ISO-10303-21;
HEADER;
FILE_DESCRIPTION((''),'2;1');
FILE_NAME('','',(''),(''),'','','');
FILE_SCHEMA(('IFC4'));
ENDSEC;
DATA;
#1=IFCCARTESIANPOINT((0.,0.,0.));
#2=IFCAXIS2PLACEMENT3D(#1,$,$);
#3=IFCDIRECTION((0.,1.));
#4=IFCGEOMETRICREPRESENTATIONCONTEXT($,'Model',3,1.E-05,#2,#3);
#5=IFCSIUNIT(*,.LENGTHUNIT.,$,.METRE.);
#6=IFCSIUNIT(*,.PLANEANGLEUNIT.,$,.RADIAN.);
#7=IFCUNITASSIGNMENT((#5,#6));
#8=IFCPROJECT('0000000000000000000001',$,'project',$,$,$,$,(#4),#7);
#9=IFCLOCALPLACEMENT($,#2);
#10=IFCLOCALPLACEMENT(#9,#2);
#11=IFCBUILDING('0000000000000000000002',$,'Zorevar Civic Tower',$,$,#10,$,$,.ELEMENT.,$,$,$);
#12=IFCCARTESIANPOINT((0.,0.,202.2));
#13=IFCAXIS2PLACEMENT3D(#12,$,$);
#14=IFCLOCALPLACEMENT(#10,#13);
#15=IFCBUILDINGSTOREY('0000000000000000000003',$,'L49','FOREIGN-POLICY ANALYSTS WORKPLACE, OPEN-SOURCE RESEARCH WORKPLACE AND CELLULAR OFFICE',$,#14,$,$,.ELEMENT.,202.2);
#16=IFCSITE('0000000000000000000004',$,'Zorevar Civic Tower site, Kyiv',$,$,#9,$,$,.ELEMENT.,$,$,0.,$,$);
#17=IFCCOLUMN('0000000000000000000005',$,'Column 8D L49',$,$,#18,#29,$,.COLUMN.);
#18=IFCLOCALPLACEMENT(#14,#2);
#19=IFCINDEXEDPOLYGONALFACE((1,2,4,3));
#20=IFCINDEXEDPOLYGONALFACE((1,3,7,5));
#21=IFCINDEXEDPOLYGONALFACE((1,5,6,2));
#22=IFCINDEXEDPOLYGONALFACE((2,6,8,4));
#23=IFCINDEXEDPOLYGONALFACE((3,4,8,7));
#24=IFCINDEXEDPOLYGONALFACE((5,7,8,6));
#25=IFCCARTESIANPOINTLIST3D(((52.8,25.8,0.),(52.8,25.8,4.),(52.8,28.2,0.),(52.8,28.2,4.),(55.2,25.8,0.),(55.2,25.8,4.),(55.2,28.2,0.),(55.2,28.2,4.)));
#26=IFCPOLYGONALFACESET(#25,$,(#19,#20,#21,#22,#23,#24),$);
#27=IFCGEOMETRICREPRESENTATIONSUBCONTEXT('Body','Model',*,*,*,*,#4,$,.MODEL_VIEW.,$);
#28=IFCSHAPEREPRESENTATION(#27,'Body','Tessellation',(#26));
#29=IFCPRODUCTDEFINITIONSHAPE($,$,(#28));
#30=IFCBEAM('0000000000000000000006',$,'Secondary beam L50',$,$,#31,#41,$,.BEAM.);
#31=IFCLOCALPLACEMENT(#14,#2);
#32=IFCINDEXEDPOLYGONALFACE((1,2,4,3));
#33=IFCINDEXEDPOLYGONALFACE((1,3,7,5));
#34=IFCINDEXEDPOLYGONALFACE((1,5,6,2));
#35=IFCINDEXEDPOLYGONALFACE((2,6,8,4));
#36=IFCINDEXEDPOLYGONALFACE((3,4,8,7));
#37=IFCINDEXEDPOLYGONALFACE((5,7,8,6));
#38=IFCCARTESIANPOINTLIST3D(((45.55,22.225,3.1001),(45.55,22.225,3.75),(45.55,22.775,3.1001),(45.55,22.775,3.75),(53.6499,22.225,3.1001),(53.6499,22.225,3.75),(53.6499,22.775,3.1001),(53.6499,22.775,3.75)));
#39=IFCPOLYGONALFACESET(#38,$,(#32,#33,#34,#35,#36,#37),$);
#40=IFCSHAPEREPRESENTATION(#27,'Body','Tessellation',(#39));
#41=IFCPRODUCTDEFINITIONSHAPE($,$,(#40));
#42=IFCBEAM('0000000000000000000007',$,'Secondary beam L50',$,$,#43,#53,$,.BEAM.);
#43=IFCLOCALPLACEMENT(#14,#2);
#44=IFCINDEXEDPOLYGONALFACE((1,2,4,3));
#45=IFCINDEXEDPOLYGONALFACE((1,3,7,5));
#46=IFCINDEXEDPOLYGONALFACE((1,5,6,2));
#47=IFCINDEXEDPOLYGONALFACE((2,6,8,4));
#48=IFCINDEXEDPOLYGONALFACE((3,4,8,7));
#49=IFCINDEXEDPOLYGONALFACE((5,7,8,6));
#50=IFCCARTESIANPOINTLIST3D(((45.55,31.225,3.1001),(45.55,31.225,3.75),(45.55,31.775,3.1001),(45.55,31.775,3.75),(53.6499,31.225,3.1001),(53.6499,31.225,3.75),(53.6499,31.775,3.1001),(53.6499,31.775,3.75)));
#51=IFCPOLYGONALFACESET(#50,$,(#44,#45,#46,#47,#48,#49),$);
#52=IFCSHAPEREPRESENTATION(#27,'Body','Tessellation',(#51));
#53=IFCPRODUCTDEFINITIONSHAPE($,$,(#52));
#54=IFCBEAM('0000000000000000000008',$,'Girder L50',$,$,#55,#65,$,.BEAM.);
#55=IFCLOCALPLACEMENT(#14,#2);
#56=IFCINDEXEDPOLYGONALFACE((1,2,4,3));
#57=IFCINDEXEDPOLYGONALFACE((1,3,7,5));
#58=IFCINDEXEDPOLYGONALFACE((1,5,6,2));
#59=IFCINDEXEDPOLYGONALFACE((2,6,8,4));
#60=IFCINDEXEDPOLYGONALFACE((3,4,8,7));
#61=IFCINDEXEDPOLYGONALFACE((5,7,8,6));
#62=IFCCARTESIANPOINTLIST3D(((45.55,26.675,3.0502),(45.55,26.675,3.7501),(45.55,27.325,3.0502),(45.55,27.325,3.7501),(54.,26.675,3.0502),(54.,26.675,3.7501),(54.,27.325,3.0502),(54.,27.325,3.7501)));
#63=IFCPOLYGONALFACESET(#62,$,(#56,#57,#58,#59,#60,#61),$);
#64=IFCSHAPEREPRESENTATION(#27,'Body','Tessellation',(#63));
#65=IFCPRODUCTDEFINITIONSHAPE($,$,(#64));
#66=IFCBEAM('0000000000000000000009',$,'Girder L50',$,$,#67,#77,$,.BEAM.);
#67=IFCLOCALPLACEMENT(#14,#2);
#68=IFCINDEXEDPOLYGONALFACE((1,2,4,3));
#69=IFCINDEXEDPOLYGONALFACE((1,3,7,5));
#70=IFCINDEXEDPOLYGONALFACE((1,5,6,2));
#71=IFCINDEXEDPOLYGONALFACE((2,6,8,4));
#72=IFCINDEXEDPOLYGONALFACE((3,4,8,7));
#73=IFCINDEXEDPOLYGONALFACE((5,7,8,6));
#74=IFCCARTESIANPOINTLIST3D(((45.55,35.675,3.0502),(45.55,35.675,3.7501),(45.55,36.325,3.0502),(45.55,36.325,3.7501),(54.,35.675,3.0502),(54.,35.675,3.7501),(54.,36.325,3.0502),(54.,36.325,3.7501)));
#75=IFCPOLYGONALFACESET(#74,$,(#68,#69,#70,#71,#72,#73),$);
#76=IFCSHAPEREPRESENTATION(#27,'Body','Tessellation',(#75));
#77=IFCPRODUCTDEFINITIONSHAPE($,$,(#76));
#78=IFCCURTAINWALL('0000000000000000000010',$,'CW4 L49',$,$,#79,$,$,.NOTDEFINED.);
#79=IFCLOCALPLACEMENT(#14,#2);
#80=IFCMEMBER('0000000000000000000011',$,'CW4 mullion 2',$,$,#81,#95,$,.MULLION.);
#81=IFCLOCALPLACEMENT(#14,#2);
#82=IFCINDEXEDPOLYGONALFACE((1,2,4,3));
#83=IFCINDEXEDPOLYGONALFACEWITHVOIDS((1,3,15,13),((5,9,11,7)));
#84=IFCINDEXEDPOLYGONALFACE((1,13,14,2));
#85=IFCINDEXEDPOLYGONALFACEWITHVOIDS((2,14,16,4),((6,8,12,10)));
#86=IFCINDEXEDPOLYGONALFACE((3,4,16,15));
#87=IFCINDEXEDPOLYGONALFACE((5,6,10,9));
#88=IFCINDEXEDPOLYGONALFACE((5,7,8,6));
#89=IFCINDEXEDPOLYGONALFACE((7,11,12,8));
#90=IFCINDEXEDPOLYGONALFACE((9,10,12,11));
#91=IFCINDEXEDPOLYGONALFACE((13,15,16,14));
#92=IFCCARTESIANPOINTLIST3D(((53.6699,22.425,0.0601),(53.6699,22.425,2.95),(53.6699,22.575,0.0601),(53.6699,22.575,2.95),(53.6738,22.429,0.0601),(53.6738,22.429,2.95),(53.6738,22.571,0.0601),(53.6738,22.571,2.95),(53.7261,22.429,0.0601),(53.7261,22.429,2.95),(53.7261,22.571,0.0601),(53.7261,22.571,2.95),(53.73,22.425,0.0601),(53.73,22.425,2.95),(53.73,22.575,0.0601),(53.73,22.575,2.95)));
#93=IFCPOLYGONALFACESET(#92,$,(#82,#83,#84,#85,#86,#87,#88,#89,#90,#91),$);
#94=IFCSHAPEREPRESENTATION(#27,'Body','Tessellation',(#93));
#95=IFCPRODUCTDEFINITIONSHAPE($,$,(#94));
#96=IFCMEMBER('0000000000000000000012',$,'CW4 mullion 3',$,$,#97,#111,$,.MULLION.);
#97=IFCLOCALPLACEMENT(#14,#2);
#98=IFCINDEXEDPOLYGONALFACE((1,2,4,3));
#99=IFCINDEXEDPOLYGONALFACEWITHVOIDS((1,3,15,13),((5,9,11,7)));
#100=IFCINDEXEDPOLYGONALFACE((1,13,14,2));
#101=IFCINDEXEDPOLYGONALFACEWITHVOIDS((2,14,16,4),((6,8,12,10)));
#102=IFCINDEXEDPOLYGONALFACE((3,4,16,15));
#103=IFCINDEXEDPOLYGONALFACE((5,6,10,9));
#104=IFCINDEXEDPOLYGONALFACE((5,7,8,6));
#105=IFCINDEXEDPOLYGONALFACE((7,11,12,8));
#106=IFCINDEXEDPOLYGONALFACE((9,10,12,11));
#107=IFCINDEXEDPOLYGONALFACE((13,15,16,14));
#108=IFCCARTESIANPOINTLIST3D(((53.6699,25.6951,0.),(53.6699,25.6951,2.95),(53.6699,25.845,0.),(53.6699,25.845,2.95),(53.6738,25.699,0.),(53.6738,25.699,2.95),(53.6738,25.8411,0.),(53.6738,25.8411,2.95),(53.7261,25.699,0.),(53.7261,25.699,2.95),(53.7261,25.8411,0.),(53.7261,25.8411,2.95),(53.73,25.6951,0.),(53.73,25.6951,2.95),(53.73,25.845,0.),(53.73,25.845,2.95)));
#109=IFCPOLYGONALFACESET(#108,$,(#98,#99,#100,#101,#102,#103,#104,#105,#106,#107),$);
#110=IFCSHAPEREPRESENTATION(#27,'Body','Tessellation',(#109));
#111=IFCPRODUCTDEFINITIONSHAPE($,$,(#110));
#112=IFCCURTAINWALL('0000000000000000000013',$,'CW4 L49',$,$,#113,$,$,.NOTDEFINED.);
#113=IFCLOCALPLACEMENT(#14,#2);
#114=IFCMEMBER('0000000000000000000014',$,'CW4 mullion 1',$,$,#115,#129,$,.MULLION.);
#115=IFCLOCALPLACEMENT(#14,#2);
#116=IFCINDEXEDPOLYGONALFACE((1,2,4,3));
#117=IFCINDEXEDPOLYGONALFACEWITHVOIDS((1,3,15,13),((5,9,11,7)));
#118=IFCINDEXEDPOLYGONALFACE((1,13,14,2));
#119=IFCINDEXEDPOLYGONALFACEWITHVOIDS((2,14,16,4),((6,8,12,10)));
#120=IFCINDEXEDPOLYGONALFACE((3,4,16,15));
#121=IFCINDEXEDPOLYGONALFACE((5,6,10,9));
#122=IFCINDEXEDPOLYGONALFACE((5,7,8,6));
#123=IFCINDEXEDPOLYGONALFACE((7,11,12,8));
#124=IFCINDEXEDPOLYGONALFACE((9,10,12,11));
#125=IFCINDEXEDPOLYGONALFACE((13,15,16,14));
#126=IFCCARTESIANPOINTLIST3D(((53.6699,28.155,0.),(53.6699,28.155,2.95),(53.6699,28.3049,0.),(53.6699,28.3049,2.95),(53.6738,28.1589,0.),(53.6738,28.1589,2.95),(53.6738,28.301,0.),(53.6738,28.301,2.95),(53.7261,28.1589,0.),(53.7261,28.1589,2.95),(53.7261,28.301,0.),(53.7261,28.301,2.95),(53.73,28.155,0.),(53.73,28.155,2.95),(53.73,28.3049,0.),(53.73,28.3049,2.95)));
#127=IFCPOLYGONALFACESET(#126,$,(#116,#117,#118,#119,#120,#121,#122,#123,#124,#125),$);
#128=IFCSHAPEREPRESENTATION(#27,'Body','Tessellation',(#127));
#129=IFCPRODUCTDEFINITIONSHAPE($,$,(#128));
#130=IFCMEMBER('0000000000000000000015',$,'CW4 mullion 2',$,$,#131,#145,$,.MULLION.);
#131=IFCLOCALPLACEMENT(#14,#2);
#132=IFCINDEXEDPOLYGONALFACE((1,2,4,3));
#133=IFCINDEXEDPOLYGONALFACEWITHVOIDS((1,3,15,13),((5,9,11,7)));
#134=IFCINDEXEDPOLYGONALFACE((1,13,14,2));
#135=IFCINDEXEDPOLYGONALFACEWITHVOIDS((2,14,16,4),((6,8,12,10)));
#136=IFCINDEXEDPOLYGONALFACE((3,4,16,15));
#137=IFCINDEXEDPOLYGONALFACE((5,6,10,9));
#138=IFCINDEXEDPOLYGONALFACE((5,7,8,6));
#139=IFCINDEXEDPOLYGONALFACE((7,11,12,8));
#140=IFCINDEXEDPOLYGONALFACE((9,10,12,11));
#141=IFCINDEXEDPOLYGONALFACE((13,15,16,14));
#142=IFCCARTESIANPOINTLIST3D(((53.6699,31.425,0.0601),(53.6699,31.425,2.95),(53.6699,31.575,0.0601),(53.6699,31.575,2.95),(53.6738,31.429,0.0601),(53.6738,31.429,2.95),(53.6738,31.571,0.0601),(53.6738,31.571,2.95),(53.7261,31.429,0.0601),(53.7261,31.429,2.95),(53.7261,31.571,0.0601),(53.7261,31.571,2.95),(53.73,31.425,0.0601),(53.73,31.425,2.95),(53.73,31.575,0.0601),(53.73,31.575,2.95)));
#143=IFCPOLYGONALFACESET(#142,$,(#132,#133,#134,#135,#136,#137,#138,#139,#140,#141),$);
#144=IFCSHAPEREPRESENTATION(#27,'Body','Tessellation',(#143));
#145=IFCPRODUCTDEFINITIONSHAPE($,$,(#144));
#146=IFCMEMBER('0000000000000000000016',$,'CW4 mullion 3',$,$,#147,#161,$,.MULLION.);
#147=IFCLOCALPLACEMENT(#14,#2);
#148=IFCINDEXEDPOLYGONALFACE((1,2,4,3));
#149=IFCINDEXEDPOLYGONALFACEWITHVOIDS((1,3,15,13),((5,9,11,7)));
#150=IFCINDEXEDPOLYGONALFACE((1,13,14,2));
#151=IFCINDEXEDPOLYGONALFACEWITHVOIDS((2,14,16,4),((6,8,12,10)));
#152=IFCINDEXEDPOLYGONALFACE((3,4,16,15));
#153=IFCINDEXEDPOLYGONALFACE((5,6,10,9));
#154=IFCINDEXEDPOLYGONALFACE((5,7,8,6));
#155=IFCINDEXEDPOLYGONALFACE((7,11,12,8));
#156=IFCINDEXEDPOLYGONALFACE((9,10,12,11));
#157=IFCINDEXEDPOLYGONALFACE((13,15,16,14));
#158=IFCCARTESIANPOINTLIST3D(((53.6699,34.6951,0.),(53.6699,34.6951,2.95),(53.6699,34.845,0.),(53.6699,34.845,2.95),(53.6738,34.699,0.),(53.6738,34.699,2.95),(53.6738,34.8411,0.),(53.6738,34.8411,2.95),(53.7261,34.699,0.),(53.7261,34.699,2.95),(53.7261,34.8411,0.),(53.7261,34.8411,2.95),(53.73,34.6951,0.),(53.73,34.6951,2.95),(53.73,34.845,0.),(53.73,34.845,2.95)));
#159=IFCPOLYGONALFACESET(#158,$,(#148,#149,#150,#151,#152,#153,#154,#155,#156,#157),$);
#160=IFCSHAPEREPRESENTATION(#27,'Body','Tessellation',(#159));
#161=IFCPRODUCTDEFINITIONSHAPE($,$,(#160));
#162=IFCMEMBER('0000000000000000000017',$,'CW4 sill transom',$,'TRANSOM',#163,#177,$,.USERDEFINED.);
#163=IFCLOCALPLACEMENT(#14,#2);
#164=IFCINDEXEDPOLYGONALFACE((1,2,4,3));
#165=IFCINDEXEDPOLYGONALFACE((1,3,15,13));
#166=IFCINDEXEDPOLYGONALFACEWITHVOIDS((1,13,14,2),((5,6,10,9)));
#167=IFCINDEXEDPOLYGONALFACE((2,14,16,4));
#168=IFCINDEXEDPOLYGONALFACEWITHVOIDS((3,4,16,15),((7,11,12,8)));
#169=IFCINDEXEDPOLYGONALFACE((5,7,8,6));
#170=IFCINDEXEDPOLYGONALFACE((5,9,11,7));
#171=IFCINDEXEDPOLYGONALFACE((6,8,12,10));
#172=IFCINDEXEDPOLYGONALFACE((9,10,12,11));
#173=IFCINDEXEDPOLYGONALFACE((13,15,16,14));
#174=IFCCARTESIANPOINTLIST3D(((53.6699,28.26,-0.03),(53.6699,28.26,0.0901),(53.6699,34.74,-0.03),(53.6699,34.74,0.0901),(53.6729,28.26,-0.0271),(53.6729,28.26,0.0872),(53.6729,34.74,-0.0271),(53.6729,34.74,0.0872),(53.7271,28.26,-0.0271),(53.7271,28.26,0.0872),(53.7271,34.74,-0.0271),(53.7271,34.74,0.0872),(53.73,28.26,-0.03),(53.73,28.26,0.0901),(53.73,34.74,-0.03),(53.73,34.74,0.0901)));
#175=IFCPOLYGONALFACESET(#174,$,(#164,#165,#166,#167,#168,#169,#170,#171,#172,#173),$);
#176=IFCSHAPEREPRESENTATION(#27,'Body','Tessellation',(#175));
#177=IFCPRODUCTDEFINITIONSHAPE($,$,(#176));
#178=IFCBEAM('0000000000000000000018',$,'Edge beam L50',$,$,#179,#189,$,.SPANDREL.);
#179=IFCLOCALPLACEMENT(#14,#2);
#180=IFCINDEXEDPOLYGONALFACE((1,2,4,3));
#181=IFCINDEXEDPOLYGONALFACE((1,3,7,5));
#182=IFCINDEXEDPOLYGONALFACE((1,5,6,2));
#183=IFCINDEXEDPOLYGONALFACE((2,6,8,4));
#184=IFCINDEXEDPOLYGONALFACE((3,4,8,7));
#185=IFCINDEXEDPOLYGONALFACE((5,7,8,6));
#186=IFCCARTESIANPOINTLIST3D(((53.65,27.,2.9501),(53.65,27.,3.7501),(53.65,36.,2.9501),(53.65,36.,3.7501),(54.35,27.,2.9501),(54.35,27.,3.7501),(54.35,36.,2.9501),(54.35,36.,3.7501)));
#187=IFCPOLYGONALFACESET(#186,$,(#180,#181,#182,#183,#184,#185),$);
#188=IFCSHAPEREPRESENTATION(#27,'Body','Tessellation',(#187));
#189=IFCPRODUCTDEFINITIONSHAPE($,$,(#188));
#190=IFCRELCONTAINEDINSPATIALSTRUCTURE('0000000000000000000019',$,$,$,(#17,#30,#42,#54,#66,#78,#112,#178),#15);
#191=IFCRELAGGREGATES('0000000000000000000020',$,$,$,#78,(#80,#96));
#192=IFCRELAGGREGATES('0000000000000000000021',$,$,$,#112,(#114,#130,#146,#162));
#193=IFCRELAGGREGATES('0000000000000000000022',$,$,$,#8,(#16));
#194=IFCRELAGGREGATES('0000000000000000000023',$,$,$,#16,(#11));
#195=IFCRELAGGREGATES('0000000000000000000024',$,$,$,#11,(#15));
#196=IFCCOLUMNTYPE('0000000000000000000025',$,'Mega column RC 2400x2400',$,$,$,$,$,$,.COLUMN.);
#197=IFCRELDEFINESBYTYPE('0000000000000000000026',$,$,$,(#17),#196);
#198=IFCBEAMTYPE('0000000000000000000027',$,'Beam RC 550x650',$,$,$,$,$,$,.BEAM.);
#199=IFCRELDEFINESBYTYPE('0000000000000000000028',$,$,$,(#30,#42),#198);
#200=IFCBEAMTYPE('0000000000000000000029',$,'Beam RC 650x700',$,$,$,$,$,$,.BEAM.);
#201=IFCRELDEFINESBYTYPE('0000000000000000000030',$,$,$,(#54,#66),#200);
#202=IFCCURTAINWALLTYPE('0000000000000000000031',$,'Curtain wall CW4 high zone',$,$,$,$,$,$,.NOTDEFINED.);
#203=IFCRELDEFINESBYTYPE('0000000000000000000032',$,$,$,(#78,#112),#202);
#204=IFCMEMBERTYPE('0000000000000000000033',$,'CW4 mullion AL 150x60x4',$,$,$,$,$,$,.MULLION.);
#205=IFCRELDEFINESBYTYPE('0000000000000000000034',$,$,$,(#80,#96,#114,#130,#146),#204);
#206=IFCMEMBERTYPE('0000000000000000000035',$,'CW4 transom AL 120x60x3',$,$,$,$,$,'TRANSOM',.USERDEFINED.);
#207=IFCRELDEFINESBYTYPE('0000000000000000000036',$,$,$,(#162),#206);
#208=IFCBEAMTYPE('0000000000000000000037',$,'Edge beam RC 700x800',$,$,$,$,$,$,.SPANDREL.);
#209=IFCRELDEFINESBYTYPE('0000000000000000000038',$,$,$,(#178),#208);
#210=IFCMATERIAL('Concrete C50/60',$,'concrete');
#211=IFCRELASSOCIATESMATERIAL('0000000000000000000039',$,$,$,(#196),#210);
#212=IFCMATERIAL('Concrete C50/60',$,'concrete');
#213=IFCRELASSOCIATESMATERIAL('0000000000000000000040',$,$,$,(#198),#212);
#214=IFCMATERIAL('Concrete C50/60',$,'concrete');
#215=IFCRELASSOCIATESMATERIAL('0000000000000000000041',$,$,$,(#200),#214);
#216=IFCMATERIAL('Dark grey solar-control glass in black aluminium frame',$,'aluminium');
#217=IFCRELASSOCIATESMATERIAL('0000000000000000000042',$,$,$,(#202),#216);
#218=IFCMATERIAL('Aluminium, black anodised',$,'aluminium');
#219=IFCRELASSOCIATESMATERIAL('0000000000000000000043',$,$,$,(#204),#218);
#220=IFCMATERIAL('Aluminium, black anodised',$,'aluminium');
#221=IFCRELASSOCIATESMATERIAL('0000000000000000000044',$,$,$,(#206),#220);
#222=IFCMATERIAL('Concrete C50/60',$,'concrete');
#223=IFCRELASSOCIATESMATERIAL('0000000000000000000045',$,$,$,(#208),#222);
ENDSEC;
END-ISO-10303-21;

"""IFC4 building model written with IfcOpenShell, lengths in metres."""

from ifc_helpers import new_model, si_unit, direction, frame, origin, origin_2d, place, context, subcontext, project, spatial, rectangle, hollow_rectangle, extrude, material, material_profile, profile_set, type_object, element, aggregate, save


model = new_model("IFC4")

# Units and contexts
model_context = context("Model", 3, precision=1e-05, world=origin(), true_north=direction((0.0, 1.0)))
body_context = subcontext(model_context, "Body", "Model", "MODEL_VIEW")
ifc_project = project(units=[si_unit("LENGTHUNIT", "METRE"), si_unit("PLANEANGLEUNIT", "RADIAN")], contexts=[model_context])

# Site, building, storey
site_placement = place(None, origin())
site = spatial("IfcSite", under=ifc_project, at=site_placement, Name="Zorevar Civic Tower site, Kyiv", CompositionType="ELEMENT", RefElevation=0.0)
building_placement = place(site_placement, origin())
building = spatial("IfcBuilding", under=site, at=building_placement, Name="Zorevar Civic Tower", CompositionType="ELEMENT")
storey_placement = place(building_placement, frame((0.0, 0.0, 202.2)))
storey = spatial("IfcBuildingStorey", under=building, at=storey_placement, Name="L49", Description="FOREIGN-POLICY ANALYSTS WORKPLACE, OPEN-SOURCE RESEARCH WORKPLACE AND CELLULAR OFFICE", CompositionType="ELEMENT", Elevation=202.2)

# Column
ifc_material_1 = material(Name="Concrete C50/60", Category="concrete")
ifc_material_profile_1 = material_profile(ifc_material_1, rectangle(XDim=2.3999, YDim=2.3999, at=origin_2d()), Name="RC 2400x2400")
ifc_profile_set_1 = profile_set([ifc_material_profile_1], Name="Concrete C50/60")
column_type = type_object("IfcColumnType", Name="Mega column RC 2400x2400", PredefinedType="COLUMN", material=ifc_profile_set_1)
column_placement = place(storey_placement, frame((54.0, 27.0, 0.0), z_axis=(0.0, 0.0, 1.0), x_axis=(1.0, 0.0, 0.0)))
element("IfcColumn", 1, at=column_placement, inside=storey, type_object=column_type, Name="Column 8D L49", PredefinedType="COLUMN", context=body_context, shape_type="SweptSolid", body=[
    extrude(rectangle(XDim=2.3999, YDim=2.3999, at=origin_2d()), origin(), (0.0, 0.0, 1.0), 4.0),
])

# Beams
ifc_material_2 = material(Name="Concrete C50/60", Category="concrete")
ifc_material_profile_2 = material_profile(ifc_material_2, rectangle(XDim=0.55, YDim=0.6499, at=origin_2d()), Name="RC 550x650")
ifc_profile_set_2 = profile_set([ifc_material_profile_2], Name="Concrete C50/60")
beam_type_1 = type_object("IfcBeamType", Name="Beam RC 550x650", PredefinedType="BEAM", material=ifc_profile_set_2)
for number, where, z_axis, x_axis, name in (
    (2, (45.55, 22.5, 3.425), (1.0, 0.0, 0.0), (0.0, 1.0, 0.0), "Secondary beam L50"),
    (3, (45.55, 31.5, 3.425), (1.0, 0.0, 0.0), (0.0, 1.0, 0.0), "Secondary beam L50"),
):
    element("IfcBeam", number, at=place(storey_placement, frame(where, z_axis=z_axis, x_axis=x_axis)), inside=storey, type_object=beam_type_1, Name=name, PredefinedType="BEAM", context=body_context, shape_type="SweptSolid", body=[
        extrude(rectangle(XDim=0.55, YDim=0.6499, at=origin_2d()), origin(), (0.0, 0.0, 1.0), 8.0999),
    ])
ifc_material_3 = material(Name="Concrete C50/60", Category="concrete")
ifc_material_profile_3 = material_profile(ifc_material_3, rectangle(XDim=0.6499, YDim=0.7, at=origin_2d()), Name="RC 650x700")
ifc_profile_set_3 = profile_set([ifc_material_profile_3], Name="Concrete C50/60")
beam_type_2 = type_object("IfcBeamType", Name="Beam RC 650x700", PredefinedType="BEAM", material=ifc_profile_set_3)
for number, where, z_axis, x_axis, name in (
    (4, (45.55, 27.0, 3.4001), (1.0, 0.0, 0.0), (0.0, 1.0, 0.0), "Girder L50"),
    (5, (45.55, 36.0, 3.4001), (1.0, 0.0, 0.0), (0.0, 1.0, 0.0), "Girder L50"),
):
    element("IfcBeam", number, at=place(storey_placement, frame(where, z_axis=z_axis, x_axis=x_axis)), inside=storey, type_object=beam_type_2, Name=name, PredefinedType="BEAM", context=body_context, shape_type="SweptSolid", body=[
        extrude(rectangle(XDim=0.6499, YDim=0.7, at=origin_2d()), origin(), (0.0, 0.0, 1.0), 8.45),
    ])

# Curtain walls, members
ifc_material_4 = material(Name="Dark grey solar-control glass in black aluminium frame", Category="aluminium")
curtain_wall_type = type_object("IfcCurtainWallType", Name="Curtain wall CW4 high zone", PredefinedType="NOTDEFINED", material=ifc_material_4)
curtain_wall_1_placement = place(storey_placement, origin())
curtain_wall_1 = element("IfcCurtainWall", 6, at=curtain_wall_1_placement, inside=storey, type_object=curtain_wall_type, Name="CW4 L49", PredefinedType="NOTDEFINED")
ifc_material_5 = material(Name="Aluminium, black anodised", Category="aluminium")
ifc_material_profile_4 = material_profile(ifc_material_5, hollow_rectangle(XDim=0.0601, YDim=0.1499, WallThickness=0.0039, at=origin_2d()), Name="AL 150x60x4")
ifc_profile_set_4 = profile_set([ifc_material_profile_4], Name="Aluminium, black anodised")
member_type_1 = type_object("IfcMemberType", Name="CW4 mullion AL 150x60x4", PredefinedType="MULLION", material=ifc_profile_set_4)
member_1_placement = place(storey_placement, frame((53.7, 22.5, 0.0601), z_axis=(0.0, 0.0, 1.0), x_axis=(-1.0, 0.0, 0.0)))
member_1 = element("IfcMember", 7, at=member_1_placement, type_object=member_type_1, Name="CW4 mullion 2", PredefinedType="MULLION", context=body_context, shape_type="SweptSolid", body=[
    extrude(hollow_rectangle(XDim=0.0601, YDim=0.1499, WallThickness=0.0039, at=origin_2d()), origin(), (0.0, 0.0, 1.0), 2.8899),
])
member_2_placement = place(storey_placement, frame((53.7, 25.77, 0.0), z_axis=(0.0, 0.0, 1.0), x_axis=(-1.0, 0.0, 0.0)))
member_2 = element("IfcMember", 8, at=member_2_placement, type_object=member_type_1, Name="CW4 mullion 3", PredefinedType="MULLION", context=body_context, shape_type="SweptSolid", body=[
    extrude(hollow_rectangle(XDim=0.0601, YDim=0.1499, WallThickness=0.0039, at=origin_2d()), origin(), (0.0, 0.0, 1.0), 2.95),
])
curtain_wall_2_placement = place(storey_placement, origin())
curtain_wall_2 = element("IfcCurtainWall", 9, at=curtain_wall_2_placement, inside=storey, type_object=curtain_wall_type, Name="CW4 L49", PredefinedType="NOTDEFINED")
member_3_placement = place(storey_placement, frame((53.7, 28.23, 0.0), z_axis=(0.0, 0.0, 1.0), x_axis=(-1.0, 0.0, 0.0)))
member_3 = element("IfcMember", 10, at=member_3_placement, type_object=member_type_1, Name="CW4 mullion 1", PredefinedType="MULLION", context=body_context, shape_type="SweptSolid", body=[
    extrude(hollow_rectangle(XDim=0.0601, YDim=0.1499, WallThickness=0.0039, at=origin_2d()), origin(), (0.0, 0.0, 1.0), 2.95),
])
member_4_placement = place(storey_placement, frame((53.7, 31.5, 0.0601), z_axis=(0.0, 0.0, 1.0), x_axis=(-1.0, 0.0, 0.0)))
member_4 = element("IfcMember", 11, at=member_4_placement, type_object=member_type_1, Name="CW4 mullion 2", PredefinedType="MULLION", context=body_context, shape_type="SweptSolid", body=[
    extrude(hollow_rectangle(XDim=0.0601, YDim=0.1499, WallThickness=0.0039, at=origin_2d()), origin(), (0.0, 0.0, 1.0), 2.8899),
])
member_5_placement = place(storey_placement, frame((53.7, 34.77, 0.0), z_axis=(0.0, 0.0, 1.0), x_axis=(-1.0, 0.0, 0.0)))
member_5 = element("IfcMember", 12, at=member_5_placement, type_object=member_type_1, Name="CW4 mullion 3", PredefinedType="MULLION", context=body_context, shape_type="SweptSolid", body=[
    extrude(hollow_rectangle(XDim=0.0601, YDim=0.1499, WallThickness=0.0039, at=origin_2d()), origin(), (0.0, 0.0, 1.0), 2.95),
])
ifc_material_6 = material(Name="Aluminium, black anodised", Category="aluminium")
ifc_material_profile_5 = material_profile(ifc_material_6, hollow_rectangle(XDim=0.0601, YDim=0.1201, WallThickness=0.0029, at=origin_2d()), Name="AL 120x60x3")
ifc_profile_set_5 = profile_set([ifc_material_profile_5], Name="Aluminium, black anodised")
member_type_2 = type_object("IfcMemberType", Name="CW4 transom AL 120x60x3", ElementType="TRANSOM", PredefinedType="USERDEFINED", material=ifc_profile_set_5)
member_6_placement = place(storey_placement, frame((53.7, 28.26, 0.03), z_axis=(0.0, 1.0, 0.0), x_axis=(-1.0, 0.0, 0.0)))
member_6 = element("IfcMember", 13, at=member_6_placement, type_object=member_type_2, Name="CW4 sill transom", ObjectType="TRANSOM", PredefinedType="USERDEFINED", context=body_context, shape_type="SweptSolid", body=[
    extrude(hollow_rectangle(XDim=0.0601, YDim=0.1201, WallThickness=0.0029, at=origin_2d()), origin(), (0.0, 0.0, 1.0), 6.48),
])

# Beam
ifc_material_7 = material(Name="Concrete C50/60", Category="concrete")
ifc_material_profile_6 = material_profile(ifc_material_7, rectangle(XDim=0.7, YDim=0.8, at=origin_2d()), Name="RC 700x800")
ifc_profile_set_6 = profile_set([ifc_material_profile_6], Name="Concrete C50/60")
beam_type_3 = type_object("IfcBeamType", Name="Edge beam RC 700x800", PredefinedType="SPANDREL", material=ifc_profile_set_6)
beam_placement = place(storey_placement, frame((54.0, 27.0, 3.3501), z_axis=(0.0, 1.0, 0.0), x_axis=(-1.0, 0.0, 0.0)))
element("IfcBeam", 14, at=beam_placement, inside=storey, type_object=beam_type_3, Name="Edge beam L50", PredefinedType="SPANDREL", context=body_context, shape_type="SweptSolid", body=[
    extrude(rectangle(XDim=0.7, YDim=0.8, at=origin_2d()), origin(), (0.0, 0.0, 1.0), 9.0),
])

aggregate(curtain_wall_1, [member_1, member_2])
aggregate(curtain_wall_2, [member_3, member_4, member_5, member_6])

save(model, "model.ifc")
